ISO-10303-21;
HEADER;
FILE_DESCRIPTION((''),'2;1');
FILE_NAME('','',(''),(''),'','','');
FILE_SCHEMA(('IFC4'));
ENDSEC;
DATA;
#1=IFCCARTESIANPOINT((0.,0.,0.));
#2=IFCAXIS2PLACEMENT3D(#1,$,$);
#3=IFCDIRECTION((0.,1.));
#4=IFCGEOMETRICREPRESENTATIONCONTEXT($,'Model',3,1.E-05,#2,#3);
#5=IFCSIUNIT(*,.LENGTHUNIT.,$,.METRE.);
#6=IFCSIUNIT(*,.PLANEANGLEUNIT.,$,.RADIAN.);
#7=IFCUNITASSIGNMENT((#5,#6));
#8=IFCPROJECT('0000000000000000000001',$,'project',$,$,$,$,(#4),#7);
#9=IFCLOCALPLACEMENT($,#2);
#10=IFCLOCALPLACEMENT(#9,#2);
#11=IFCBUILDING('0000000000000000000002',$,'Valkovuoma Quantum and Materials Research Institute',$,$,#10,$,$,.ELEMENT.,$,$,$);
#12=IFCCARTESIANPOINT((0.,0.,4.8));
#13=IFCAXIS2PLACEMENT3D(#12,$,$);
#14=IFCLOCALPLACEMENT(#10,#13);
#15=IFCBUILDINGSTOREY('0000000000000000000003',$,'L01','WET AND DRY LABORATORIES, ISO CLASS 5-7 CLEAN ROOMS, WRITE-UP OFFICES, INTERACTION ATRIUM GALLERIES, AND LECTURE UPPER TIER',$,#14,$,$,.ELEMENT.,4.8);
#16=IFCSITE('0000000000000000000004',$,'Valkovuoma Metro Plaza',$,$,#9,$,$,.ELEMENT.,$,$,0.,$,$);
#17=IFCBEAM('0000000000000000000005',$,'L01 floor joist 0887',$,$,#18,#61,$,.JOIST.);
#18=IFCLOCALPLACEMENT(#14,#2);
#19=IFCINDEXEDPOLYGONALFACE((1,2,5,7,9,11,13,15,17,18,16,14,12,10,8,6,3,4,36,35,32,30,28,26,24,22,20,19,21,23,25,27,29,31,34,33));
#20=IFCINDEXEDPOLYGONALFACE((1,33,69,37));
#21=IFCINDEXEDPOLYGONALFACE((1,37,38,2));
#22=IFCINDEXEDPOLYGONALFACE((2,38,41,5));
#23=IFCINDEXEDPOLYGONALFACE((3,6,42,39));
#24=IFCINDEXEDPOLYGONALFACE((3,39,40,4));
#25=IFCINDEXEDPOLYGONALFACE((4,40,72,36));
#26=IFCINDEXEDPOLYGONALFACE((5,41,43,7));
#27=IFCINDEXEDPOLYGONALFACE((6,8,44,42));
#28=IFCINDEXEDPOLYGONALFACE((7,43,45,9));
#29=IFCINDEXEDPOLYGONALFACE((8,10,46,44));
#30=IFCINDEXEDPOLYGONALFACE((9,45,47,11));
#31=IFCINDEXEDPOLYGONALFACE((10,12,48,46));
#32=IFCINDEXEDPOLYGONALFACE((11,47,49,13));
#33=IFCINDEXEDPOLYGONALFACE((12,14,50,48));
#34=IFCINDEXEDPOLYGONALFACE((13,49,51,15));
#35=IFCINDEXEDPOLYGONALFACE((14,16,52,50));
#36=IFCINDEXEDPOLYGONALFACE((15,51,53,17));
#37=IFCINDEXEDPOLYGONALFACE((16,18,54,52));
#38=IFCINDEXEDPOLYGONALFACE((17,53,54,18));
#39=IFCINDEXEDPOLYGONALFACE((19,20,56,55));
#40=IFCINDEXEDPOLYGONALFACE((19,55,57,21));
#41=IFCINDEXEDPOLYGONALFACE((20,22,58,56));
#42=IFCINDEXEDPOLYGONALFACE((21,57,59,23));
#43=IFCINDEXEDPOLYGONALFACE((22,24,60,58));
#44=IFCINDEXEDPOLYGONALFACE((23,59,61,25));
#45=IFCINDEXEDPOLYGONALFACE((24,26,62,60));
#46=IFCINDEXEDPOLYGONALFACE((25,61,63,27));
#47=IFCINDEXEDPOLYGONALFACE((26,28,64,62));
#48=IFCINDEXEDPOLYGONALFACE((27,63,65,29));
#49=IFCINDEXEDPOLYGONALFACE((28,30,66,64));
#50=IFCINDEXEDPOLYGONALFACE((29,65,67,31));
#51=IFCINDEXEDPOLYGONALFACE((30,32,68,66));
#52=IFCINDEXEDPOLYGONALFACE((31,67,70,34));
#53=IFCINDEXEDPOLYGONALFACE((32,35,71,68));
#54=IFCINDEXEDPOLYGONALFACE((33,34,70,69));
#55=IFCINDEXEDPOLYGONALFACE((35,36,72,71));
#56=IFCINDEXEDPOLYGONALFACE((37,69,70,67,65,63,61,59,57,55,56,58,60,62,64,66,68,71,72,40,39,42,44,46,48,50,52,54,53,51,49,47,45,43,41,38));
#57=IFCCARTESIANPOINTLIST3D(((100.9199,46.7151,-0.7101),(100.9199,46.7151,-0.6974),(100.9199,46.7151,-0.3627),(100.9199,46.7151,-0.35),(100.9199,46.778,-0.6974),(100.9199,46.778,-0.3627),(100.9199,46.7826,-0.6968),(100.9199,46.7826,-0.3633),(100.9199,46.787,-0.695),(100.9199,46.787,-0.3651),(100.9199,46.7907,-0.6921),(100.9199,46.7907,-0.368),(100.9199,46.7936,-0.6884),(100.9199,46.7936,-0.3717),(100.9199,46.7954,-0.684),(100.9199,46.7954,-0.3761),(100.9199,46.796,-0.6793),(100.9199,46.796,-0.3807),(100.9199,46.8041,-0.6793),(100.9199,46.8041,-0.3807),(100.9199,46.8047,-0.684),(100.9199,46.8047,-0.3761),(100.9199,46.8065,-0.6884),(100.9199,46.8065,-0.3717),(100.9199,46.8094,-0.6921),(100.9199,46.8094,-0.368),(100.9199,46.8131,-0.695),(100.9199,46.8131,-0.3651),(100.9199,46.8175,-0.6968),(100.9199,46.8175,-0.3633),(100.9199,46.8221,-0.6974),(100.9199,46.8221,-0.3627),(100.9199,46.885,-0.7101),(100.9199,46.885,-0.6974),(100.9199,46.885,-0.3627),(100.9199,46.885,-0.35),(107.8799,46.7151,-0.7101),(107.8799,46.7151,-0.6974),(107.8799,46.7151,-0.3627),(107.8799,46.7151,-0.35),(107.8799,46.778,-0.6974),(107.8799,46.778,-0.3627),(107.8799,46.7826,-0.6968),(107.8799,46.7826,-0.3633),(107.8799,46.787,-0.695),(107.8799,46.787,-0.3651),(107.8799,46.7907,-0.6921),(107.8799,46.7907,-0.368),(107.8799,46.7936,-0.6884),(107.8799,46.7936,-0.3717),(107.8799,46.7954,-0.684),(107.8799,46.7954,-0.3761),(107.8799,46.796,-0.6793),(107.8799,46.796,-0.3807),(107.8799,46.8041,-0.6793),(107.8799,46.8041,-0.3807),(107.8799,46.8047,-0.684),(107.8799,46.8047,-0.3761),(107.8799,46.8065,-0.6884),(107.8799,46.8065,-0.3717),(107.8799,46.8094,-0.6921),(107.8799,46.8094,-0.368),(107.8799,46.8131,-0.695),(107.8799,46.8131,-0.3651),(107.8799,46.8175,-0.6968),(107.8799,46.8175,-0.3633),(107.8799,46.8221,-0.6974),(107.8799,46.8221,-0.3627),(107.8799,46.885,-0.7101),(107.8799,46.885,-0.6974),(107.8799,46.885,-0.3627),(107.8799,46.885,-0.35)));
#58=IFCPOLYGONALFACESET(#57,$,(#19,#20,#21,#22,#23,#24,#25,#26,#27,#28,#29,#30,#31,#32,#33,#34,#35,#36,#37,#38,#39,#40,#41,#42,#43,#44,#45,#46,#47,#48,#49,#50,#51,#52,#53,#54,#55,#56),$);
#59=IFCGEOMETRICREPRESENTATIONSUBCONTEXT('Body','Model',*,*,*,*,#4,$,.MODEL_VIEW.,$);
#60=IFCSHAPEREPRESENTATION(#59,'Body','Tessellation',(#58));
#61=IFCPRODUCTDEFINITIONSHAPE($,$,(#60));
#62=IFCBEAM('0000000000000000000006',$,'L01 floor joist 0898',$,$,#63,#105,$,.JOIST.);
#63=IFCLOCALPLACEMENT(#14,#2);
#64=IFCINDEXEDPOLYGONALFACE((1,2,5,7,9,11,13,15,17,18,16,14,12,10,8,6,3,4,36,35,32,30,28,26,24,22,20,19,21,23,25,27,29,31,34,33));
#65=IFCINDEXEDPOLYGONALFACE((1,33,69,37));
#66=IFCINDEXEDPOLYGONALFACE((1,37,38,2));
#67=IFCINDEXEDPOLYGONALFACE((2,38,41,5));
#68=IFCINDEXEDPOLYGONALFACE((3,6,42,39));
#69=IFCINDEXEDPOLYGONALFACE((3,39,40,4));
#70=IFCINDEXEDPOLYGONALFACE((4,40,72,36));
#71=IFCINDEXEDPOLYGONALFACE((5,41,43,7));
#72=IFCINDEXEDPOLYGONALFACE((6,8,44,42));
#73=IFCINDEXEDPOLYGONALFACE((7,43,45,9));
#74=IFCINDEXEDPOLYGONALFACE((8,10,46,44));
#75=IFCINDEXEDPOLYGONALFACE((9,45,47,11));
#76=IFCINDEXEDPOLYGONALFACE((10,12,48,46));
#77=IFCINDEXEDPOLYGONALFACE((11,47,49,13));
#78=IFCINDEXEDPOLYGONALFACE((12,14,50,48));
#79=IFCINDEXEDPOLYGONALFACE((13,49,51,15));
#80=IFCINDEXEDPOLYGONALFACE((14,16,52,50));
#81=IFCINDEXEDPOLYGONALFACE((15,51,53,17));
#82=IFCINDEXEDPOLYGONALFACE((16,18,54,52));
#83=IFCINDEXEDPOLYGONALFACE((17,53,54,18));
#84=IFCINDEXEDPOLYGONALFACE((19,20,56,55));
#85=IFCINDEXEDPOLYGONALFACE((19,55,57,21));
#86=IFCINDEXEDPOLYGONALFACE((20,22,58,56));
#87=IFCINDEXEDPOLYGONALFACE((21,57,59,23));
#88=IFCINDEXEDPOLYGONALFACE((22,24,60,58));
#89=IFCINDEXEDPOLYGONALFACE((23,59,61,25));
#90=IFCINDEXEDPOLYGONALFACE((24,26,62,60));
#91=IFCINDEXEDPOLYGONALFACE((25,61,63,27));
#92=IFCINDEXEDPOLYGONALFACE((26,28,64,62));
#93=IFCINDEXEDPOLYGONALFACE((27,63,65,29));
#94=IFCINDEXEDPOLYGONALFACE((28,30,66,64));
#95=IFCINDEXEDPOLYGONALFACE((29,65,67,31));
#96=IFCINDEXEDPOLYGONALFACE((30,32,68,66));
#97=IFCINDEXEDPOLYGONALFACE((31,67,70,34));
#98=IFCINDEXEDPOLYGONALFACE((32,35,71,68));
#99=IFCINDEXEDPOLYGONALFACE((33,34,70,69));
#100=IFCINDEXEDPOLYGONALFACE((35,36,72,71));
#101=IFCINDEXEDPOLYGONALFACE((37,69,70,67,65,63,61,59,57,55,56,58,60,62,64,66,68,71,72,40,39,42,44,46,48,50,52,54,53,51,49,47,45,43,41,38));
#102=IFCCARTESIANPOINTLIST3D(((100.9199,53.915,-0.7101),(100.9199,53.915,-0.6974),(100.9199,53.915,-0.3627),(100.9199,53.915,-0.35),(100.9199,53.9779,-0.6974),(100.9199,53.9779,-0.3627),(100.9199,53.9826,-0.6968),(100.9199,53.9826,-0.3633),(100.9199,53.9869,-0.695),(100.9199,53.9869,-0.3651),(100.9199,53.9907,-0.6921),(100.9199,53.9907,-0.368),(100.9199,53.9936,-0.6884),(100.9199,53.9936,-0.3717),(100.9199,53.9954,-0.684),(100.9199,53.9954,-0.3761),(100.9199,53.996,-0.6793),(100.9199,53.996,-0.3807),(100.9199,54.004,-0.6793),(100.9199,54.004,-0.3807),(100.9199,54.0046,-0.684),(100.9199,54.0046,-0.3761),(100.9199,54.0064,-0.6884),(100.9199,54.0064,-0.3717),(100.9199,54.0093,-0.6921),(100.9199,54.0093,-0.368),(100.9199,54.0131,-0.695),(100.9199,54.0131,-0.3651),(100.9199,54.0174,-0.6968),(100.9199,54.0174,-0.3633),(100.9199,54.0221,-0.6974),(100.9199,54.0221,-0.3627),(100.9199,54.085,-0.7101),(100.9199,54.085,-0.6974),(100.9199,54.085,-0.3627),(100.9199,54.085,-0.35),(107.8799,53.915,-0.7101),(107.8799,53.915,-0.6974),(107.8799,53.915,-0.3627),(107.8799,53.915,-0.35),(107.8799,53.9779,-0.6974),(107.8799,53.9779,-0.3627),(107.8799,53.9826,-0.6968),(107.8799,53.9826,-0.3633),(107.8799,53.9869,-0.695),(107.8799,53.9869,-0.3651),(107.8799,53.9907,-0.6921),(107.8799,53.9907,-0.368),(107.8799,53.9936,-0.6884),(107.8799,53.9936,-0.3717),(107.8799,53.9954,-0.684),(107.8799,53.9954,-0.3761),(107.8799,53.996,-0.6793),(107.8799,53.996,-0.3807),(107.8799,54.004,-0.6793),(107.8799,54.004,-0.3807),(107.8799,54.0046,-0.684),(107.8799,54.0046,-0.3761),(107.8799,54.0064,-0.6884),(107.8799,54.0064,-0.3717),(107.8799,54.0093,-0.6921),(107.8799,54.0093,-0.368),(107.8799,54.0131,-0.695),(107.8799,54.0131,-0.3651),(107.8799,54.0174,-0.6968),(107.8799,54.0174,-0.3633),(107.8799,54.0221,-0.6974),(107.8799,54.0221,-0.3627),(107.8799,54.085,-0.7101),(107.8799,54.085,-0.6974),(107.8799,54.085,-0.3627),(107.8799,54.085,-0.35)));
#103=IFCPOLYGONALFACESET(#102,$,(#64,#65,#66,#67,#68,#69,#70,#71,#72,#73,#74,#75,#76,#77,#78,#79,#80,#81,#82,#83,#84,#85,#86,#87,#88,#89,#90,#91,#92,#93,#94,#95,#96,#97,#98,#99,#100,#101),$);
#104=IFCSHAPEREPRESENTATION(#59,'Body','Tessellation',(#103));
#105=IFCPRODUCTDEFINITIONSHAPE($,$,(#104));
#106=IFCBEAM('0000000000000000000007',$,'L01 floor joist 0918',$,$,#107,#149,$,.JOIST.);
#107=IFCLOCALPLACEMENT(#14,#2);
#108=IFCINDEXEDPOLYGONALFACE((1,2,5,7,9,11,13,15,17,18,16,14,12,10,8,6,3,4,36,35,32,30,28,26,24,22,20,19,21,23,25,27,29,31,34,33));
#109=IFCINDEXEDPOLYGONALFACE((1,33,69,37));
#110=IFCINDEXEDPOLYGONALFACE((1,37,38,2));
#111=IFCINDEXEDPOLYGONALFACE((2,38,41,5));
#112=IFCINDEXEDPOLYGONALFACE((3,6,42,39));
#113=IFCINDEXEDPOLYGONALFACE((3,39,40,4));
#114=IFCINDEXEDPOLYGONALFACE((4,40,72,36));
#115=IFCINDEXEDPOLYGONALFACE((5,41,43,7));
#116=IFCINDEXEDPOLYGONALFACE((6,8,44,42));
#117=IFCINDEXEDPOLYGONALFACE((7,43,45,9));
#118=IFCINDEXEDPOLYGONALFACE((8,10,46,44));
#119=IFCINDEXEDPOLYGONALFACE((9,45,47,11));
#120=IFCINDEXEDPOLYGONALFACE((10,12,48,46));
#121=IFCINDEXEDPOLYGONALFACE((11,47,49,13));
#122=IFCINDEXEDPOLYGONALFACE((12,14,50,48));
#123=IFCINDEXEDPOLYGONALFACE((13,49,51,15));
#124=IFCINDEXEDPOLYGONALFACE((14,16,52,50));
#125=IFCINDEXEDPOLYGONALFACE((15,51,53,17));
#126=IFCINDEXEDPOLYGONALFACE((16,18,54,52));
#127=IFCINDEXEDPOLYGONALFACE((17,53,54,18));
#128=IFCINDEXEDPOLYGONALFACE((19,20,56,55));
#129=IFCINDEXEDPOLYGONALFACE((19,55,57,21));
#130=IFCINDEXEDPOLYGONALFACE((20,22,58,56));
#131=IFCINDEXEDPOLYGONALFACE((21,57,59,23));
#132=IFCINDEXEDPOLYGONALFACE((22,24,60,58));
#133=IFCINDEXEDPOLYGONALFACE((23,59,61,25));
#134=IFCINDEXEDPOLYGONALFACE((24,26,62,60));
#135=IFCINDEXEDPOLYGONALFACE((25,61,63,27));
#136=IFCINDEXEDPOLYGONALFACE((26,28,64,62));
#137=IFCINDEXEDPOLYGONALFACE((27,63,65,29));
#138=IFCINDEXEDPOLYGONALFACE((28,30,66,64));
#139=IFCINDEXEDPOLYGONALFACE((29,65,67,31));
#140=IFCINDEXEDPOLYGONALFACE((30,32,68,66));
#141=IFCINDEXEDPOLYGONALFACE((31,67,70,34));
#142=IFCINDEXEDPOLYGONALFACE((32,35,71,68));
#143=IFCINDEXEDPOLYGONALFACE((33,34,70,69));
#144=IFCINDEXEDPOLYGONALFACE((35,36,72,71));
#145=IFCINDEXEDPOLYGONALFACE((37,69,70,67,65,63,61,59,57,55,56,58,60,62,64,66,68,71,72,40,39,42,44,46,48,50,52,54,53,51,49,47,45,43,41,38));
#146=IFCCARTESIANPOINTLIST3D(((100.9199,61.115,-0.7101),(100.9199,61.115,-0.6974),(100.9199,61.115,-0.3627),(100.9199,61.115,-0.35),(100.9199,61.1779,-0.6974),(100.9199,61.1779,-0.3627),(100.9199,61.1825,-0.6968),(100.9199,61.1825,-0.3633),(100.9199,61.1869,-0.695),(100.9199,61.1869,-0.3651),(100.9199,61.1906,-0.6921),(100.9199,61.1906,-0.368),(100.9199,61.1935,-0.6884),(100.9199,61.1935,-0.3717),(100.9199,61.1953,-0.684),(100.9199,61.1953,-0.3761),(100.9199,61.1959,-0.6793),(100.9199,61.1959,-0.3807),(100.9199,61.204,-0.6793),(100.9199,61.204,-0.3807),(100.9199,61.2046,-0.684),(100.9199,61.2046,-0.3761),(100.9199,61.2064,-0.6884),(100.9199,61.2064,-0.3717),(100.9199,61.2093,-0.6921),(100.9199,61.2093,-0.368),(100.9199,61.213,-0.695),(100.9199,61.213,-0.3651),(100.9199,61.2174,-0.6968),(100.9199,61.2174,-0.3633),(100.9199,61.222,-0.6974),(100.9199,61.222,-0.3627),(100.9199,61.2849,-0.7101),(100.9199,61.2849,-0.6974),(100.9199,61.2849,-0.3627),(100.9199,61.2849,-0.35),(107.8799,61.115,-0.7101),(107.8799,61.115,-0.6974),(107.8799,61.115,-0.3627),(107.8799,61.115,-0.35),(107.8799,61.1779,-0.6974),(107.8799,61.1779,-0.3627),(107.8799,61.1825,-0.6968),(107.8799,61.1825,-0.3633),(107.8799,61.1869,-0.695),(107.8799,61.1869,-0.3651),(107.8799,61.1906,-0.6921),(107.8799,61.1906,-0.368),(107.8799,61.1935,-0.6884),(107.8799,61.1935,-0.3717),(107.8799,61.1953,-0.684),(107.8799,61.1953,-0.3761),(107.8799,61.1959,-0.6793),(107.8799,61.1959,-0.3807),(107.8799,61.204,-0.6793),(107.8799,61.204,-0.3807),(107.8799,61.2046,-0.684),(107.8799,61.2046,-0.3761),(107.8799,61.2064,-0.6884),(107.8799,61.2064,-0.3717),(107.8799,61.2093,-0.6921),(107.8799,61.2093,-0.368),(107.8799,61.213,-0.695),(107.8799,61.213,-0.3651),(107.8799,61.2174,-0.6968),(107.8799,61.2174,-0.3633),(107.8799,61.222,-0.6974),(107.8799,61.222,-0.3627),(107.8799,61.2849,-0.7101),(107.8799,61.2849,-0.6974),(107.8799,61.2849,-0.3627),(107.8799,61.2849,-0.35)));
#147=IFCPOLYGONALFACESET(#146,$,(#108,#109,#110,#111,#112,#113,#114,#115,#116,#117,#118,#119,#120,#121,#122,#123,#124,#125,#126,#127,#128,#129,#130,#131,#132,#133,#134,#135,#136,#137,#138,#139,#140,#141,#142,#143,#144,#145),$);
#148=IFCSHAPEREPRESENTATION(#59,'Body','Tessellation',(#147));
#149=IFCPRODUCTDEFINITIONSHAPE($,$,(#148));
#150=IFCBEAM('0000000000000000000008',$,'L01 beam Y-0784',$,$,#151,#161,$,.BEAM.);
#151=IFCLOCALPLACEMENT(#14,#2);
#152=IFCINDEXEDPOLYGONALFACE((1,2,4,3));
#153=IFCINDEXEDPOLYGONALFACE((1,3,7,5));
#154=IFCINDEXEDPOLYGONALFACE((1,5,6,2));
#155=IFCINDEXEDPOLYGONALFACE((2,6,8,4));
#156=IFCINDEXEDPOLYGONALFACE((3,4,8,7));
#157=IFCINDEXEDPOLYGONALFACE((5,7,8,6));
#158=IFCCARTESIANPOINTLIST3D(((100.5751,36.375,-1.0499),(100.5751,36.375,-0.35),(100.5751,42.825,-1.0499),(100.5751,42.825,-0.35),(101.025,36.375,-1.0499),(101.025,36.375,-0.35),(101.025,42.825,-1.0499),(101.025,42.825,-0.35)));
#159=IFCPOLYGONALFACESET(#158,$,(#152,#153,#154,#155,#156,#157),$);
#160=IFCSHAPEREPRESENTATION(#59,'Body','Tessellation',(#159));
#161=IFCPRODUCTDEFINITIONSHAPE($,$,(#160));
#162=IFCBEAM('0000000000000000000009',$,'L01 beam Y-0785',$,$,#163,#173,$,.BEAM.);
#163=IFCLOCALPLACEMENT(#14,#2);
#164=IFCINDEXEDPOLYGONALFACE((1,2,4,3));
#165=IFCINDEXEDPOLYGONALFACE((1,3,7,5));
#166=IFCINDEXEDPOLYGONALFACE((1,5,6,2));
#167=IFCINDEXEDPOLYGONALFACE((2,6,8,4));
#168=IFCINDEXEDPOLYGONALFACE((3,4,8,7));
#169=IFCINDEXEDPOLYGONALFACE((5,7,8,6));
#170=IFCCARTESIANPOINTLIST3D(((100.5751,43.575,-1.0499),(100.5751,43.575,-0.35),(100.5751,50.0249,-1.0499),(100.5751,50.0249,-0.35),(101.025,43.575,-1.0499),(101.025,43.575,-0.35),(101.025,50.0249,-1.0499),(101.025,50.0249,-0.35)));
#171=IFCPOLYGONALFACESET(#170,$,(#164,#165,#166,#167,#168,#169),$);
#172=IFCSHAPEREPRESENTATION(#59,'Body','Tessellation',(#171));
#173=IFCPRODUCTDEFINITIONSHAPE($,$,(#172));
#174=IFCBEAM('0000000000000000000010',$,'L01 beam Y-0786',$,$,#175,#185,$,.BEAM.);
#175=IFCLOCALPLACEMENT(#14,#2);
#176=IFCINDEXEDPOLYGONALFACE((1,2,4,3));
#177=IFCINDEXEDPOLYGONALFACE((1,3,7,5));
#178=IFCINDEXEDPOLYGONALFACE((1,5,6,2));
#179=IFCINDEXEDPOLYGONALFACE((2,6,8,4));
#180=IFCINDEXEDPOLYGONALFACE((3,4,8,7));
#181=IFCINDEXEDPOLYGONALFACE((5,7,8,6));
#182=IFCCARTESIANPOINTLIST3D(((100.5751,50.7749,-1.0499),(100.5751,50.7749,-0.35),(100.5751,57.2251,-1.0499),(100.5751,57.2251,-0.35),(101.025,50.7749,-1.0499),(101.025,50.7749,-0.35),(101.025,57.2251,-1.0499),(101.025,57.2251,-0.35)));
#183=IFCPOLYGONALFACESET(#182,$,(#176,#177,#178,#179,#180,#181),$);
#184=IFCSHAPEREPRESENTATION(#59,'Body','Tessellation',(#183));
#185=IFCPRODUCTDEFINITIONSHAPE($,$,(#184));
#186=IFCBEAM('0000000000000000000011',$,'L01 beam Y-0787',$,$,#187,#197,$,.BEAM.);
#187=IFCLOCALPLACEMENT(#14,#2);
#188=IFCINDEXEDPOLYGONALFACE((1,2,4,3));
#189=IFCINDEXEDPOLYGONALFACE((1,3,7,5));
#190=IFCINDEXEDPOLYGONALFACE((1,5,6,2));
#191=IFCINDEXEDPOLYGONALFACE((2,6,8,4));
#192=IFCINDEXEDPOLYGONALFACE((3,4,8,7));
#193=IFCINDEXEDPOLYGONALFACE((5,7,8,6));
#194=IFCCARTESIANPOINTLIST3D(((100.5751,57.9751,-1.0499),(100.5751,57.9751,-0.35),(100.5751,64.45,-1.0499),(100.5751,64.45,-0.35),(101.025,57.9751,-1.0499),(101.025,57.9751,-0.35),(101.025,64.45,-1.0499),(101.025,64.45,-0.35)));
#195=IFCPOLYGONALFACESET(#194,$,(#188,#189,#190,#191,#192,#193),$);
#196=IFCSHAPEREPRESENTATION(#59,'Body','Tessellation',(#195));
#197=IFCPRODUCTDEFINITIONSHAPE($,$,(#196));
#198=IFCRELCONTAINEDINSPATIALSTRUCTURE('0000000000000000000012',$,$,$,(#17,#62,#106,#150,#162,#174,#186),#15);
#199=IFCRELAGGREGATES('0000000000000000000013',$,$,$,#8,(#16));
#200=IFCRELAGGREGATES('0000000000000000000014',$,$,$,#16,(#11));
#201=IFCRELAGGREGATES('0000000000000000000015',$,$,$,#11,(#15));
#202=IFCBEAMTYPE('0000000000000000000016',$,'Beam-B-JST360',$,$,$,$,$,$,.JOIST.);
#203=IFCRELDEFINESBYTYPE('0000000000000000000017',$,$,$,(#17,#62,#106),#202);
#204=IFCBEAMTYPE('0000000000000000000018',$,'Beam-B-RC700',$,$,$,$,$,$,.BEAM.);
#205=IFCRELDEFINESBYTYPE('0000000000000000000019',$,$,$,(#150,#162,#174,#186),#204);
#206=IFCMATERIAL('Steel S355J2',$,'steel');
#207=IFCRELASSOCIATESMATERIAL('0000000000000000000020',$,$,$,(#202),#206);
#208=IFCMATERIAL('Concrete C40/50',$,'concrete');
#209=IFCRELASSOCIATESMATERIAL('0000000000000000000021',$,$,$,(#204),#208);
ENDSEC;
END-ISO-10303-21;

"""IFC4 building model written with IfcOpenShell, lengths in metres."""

from ifc_helpers import new_model, si_unit, direction, frame, origin, origin_2d, place, context, subcontext, project, spatial, rectangle, i_section, extrude, material, material_profile, profile_set, type_object, element, save


model = new_model("IFC4")

# Units and contexts
model_context = context("Model", 3, precision=1e-05, world=origin(), true_north=direction((0.0, 1.0)))
body_context = subcontext(model_context, "Body", "Model", "MODEL_VIEW")
ifc_project = project(units=[si_unit("LENGTHUNIT", "METRE"), si_unit("PLANEANGLEUNIT", "RADIAN")], contexts=[model_context])

# Site, building, storey
site_placement = place(None, origin())
site = spatial("IfcSite", under=ifc_project, at=site_placement, Name="Valkovuoma Metro Plaza", CompositionType="ELEMENT", RefElevation=0.0)
building_placement = place(site_placement, origin())
building = spatial("IfcBuilding", under=site, at=building_placement, Name="Valkovuoma Quantum and Materials Research Institute", CompositionType="ELEMENT")
storey_placement = place(building_placement, frame((0.0, 0.0, 4.8)))
storey = spatial("IfcBuildingStorey", under=building, at=storey_placement, Name="L01", Description="WET AND DRY LABORATORIES, ISO CLASS 5-7 CLEAN ROOMS, WRITE-UP OFFICES, INTERACTION ATRIUM GALLERIES, AND LECTURE UPPER TIER", CompositionType="ELEMENT", Elevation=4.8)

# Beams
ifc_material_1 = material(Name="Steel S355J2", Category="steel")
ifc_material_profile_1 = material_profile(ifc_material_1, i_section(OverallWidth=0.1699, OverallDepth=0.3601, WebThickness=0.0081, FlangeThickness=0.0127, FilletRadius=0.0181, at=origin_2d()), Name="Steel S355J2")
ifc_profile_set_1 = profile_set([ifc_material_profile_1], Name="Steel S355J2")
beam_type_1 = type_object("IfcBeamType", Name="Beam-B-JST360", PredefinedType="JOIST", material=ifc_profile_set_1)
for number, where, z_axis, x_axis, name in (
    (1, (100.9199, 46.8, -0.53), (1.0, 0.0, 0.0), (0.0, 1.0, 0.0), "L01 floor joist 0887"),
    (2, (100.9199, 54.0, -0.53), (1.0, 0.0, 0.0), (0.0, 1.0, 0.0), "L01 floor joist 0898"),
    (3, (100.9199, 61.2, -0.53), (1.0, 0.0, 0.0), (0.0, 1.0, 0.0), "L01 floor joist 0918"),
):
    element("IfcBeam", number, at=place(storey_placement, frame(where, z_axis=z_axis, x_axis=x_axis)), inside=storey, type_object=beam_type_1, Name=name, PredefinedType="JOIST", context=body_context, shape_type="SweptSolid", body=[
        extrude(i_section(OverallWidth=0.1699, OverallDepth=0.3601, WebThickness=0.0081, FlangeThickness=0.0127, FilletRadius=0.0181, at=origin_2d()), origin(), (0.0, 0.0, 1.0), 6.96),
    ])
ifc_material_2 = material(Name="Concrete C40/50", Category="concrete")
ifc_material_profile_2 = material_profile(ifc_material_2, rectangle(XDim=0.45, YDim=0.7, at=origin_2d()), Name="Concrete C40/50")
ifc_profile_set_2 = profile_set([ifc_material_profile_2], Name="Concrete C40/50")
beam_type_2 = type_object("IfcBeamType", Name="Beam-B-RC700", PredefinedType="BEAM", material=ifc_profile_set_2)
for number, where, z_axis, x_axis, name in (
    (4, (100.8, 36.375, -0.7), (0.0, 1.0, 0.0), (-1.0, 0.0, 0.0), "L01 beam Y-0784"),
    (5, (100.8, 43.575, -0.7), (0.0, 1.0, 0.0), (-1.0, 0.0, 0.0), "L01 beam Y-0785"),
):
    element("IfcBeam", number, at=place(storey_placement, frame(where, z_axis=z_axis, x_axis=x_axis)), inside=storey, type_object=beam_type_2, Name=name, PredefinedType="BEAM", context=body_context, shape_type="SweptSolid", body=[
        extrude(rectangle(XDim=0.45, YDim=0.7, at=origin_2d()), origin(), (0.0, 0.0, 1.0), 6.45),
    ])
beam_1_placement = place(storey_placement, frame((100.8, 50.7749, -0.7), z_axis=(0.0, 1.0, 0.0), x_axis=(-1.0, 0.0, 0.0)))
element("IfcBeam", 6, at=beam_1_placement, inside=storey, type_object=beam_type_2, Name="L01 beam Y-0786", PredefinedType="BEAM", context=body_context, shape_type="SweptSolid", body=[
    extrude(rectangle(XDim=0.45, YDim=0.7, at=origin_2d()), origin(), (0.0, 0.0, 1.0), 6.4502),
])
beam_2_placement = place(storey_placement, frame((100.8, 57.9751, -0.7), z_axis=(0.0, 1.0, 0.0), x_axis=(-1.0, 0.0, 0.0)))
element("IfcBeam", 7, at=beam_2_placement, inside=storey, type_object=beam_type_2, Name="L01 beam Y-0787", PredefinedType="BEAM", context=body_context, shape_type="SweptSolid", body=[
    extrude(rectangle(XDim=0.45, YDim=0.7, at=origin_2d()), origin(), (0.0, 0.0, 1.0), 6.4749),
])

save(model, "model.ifc")
